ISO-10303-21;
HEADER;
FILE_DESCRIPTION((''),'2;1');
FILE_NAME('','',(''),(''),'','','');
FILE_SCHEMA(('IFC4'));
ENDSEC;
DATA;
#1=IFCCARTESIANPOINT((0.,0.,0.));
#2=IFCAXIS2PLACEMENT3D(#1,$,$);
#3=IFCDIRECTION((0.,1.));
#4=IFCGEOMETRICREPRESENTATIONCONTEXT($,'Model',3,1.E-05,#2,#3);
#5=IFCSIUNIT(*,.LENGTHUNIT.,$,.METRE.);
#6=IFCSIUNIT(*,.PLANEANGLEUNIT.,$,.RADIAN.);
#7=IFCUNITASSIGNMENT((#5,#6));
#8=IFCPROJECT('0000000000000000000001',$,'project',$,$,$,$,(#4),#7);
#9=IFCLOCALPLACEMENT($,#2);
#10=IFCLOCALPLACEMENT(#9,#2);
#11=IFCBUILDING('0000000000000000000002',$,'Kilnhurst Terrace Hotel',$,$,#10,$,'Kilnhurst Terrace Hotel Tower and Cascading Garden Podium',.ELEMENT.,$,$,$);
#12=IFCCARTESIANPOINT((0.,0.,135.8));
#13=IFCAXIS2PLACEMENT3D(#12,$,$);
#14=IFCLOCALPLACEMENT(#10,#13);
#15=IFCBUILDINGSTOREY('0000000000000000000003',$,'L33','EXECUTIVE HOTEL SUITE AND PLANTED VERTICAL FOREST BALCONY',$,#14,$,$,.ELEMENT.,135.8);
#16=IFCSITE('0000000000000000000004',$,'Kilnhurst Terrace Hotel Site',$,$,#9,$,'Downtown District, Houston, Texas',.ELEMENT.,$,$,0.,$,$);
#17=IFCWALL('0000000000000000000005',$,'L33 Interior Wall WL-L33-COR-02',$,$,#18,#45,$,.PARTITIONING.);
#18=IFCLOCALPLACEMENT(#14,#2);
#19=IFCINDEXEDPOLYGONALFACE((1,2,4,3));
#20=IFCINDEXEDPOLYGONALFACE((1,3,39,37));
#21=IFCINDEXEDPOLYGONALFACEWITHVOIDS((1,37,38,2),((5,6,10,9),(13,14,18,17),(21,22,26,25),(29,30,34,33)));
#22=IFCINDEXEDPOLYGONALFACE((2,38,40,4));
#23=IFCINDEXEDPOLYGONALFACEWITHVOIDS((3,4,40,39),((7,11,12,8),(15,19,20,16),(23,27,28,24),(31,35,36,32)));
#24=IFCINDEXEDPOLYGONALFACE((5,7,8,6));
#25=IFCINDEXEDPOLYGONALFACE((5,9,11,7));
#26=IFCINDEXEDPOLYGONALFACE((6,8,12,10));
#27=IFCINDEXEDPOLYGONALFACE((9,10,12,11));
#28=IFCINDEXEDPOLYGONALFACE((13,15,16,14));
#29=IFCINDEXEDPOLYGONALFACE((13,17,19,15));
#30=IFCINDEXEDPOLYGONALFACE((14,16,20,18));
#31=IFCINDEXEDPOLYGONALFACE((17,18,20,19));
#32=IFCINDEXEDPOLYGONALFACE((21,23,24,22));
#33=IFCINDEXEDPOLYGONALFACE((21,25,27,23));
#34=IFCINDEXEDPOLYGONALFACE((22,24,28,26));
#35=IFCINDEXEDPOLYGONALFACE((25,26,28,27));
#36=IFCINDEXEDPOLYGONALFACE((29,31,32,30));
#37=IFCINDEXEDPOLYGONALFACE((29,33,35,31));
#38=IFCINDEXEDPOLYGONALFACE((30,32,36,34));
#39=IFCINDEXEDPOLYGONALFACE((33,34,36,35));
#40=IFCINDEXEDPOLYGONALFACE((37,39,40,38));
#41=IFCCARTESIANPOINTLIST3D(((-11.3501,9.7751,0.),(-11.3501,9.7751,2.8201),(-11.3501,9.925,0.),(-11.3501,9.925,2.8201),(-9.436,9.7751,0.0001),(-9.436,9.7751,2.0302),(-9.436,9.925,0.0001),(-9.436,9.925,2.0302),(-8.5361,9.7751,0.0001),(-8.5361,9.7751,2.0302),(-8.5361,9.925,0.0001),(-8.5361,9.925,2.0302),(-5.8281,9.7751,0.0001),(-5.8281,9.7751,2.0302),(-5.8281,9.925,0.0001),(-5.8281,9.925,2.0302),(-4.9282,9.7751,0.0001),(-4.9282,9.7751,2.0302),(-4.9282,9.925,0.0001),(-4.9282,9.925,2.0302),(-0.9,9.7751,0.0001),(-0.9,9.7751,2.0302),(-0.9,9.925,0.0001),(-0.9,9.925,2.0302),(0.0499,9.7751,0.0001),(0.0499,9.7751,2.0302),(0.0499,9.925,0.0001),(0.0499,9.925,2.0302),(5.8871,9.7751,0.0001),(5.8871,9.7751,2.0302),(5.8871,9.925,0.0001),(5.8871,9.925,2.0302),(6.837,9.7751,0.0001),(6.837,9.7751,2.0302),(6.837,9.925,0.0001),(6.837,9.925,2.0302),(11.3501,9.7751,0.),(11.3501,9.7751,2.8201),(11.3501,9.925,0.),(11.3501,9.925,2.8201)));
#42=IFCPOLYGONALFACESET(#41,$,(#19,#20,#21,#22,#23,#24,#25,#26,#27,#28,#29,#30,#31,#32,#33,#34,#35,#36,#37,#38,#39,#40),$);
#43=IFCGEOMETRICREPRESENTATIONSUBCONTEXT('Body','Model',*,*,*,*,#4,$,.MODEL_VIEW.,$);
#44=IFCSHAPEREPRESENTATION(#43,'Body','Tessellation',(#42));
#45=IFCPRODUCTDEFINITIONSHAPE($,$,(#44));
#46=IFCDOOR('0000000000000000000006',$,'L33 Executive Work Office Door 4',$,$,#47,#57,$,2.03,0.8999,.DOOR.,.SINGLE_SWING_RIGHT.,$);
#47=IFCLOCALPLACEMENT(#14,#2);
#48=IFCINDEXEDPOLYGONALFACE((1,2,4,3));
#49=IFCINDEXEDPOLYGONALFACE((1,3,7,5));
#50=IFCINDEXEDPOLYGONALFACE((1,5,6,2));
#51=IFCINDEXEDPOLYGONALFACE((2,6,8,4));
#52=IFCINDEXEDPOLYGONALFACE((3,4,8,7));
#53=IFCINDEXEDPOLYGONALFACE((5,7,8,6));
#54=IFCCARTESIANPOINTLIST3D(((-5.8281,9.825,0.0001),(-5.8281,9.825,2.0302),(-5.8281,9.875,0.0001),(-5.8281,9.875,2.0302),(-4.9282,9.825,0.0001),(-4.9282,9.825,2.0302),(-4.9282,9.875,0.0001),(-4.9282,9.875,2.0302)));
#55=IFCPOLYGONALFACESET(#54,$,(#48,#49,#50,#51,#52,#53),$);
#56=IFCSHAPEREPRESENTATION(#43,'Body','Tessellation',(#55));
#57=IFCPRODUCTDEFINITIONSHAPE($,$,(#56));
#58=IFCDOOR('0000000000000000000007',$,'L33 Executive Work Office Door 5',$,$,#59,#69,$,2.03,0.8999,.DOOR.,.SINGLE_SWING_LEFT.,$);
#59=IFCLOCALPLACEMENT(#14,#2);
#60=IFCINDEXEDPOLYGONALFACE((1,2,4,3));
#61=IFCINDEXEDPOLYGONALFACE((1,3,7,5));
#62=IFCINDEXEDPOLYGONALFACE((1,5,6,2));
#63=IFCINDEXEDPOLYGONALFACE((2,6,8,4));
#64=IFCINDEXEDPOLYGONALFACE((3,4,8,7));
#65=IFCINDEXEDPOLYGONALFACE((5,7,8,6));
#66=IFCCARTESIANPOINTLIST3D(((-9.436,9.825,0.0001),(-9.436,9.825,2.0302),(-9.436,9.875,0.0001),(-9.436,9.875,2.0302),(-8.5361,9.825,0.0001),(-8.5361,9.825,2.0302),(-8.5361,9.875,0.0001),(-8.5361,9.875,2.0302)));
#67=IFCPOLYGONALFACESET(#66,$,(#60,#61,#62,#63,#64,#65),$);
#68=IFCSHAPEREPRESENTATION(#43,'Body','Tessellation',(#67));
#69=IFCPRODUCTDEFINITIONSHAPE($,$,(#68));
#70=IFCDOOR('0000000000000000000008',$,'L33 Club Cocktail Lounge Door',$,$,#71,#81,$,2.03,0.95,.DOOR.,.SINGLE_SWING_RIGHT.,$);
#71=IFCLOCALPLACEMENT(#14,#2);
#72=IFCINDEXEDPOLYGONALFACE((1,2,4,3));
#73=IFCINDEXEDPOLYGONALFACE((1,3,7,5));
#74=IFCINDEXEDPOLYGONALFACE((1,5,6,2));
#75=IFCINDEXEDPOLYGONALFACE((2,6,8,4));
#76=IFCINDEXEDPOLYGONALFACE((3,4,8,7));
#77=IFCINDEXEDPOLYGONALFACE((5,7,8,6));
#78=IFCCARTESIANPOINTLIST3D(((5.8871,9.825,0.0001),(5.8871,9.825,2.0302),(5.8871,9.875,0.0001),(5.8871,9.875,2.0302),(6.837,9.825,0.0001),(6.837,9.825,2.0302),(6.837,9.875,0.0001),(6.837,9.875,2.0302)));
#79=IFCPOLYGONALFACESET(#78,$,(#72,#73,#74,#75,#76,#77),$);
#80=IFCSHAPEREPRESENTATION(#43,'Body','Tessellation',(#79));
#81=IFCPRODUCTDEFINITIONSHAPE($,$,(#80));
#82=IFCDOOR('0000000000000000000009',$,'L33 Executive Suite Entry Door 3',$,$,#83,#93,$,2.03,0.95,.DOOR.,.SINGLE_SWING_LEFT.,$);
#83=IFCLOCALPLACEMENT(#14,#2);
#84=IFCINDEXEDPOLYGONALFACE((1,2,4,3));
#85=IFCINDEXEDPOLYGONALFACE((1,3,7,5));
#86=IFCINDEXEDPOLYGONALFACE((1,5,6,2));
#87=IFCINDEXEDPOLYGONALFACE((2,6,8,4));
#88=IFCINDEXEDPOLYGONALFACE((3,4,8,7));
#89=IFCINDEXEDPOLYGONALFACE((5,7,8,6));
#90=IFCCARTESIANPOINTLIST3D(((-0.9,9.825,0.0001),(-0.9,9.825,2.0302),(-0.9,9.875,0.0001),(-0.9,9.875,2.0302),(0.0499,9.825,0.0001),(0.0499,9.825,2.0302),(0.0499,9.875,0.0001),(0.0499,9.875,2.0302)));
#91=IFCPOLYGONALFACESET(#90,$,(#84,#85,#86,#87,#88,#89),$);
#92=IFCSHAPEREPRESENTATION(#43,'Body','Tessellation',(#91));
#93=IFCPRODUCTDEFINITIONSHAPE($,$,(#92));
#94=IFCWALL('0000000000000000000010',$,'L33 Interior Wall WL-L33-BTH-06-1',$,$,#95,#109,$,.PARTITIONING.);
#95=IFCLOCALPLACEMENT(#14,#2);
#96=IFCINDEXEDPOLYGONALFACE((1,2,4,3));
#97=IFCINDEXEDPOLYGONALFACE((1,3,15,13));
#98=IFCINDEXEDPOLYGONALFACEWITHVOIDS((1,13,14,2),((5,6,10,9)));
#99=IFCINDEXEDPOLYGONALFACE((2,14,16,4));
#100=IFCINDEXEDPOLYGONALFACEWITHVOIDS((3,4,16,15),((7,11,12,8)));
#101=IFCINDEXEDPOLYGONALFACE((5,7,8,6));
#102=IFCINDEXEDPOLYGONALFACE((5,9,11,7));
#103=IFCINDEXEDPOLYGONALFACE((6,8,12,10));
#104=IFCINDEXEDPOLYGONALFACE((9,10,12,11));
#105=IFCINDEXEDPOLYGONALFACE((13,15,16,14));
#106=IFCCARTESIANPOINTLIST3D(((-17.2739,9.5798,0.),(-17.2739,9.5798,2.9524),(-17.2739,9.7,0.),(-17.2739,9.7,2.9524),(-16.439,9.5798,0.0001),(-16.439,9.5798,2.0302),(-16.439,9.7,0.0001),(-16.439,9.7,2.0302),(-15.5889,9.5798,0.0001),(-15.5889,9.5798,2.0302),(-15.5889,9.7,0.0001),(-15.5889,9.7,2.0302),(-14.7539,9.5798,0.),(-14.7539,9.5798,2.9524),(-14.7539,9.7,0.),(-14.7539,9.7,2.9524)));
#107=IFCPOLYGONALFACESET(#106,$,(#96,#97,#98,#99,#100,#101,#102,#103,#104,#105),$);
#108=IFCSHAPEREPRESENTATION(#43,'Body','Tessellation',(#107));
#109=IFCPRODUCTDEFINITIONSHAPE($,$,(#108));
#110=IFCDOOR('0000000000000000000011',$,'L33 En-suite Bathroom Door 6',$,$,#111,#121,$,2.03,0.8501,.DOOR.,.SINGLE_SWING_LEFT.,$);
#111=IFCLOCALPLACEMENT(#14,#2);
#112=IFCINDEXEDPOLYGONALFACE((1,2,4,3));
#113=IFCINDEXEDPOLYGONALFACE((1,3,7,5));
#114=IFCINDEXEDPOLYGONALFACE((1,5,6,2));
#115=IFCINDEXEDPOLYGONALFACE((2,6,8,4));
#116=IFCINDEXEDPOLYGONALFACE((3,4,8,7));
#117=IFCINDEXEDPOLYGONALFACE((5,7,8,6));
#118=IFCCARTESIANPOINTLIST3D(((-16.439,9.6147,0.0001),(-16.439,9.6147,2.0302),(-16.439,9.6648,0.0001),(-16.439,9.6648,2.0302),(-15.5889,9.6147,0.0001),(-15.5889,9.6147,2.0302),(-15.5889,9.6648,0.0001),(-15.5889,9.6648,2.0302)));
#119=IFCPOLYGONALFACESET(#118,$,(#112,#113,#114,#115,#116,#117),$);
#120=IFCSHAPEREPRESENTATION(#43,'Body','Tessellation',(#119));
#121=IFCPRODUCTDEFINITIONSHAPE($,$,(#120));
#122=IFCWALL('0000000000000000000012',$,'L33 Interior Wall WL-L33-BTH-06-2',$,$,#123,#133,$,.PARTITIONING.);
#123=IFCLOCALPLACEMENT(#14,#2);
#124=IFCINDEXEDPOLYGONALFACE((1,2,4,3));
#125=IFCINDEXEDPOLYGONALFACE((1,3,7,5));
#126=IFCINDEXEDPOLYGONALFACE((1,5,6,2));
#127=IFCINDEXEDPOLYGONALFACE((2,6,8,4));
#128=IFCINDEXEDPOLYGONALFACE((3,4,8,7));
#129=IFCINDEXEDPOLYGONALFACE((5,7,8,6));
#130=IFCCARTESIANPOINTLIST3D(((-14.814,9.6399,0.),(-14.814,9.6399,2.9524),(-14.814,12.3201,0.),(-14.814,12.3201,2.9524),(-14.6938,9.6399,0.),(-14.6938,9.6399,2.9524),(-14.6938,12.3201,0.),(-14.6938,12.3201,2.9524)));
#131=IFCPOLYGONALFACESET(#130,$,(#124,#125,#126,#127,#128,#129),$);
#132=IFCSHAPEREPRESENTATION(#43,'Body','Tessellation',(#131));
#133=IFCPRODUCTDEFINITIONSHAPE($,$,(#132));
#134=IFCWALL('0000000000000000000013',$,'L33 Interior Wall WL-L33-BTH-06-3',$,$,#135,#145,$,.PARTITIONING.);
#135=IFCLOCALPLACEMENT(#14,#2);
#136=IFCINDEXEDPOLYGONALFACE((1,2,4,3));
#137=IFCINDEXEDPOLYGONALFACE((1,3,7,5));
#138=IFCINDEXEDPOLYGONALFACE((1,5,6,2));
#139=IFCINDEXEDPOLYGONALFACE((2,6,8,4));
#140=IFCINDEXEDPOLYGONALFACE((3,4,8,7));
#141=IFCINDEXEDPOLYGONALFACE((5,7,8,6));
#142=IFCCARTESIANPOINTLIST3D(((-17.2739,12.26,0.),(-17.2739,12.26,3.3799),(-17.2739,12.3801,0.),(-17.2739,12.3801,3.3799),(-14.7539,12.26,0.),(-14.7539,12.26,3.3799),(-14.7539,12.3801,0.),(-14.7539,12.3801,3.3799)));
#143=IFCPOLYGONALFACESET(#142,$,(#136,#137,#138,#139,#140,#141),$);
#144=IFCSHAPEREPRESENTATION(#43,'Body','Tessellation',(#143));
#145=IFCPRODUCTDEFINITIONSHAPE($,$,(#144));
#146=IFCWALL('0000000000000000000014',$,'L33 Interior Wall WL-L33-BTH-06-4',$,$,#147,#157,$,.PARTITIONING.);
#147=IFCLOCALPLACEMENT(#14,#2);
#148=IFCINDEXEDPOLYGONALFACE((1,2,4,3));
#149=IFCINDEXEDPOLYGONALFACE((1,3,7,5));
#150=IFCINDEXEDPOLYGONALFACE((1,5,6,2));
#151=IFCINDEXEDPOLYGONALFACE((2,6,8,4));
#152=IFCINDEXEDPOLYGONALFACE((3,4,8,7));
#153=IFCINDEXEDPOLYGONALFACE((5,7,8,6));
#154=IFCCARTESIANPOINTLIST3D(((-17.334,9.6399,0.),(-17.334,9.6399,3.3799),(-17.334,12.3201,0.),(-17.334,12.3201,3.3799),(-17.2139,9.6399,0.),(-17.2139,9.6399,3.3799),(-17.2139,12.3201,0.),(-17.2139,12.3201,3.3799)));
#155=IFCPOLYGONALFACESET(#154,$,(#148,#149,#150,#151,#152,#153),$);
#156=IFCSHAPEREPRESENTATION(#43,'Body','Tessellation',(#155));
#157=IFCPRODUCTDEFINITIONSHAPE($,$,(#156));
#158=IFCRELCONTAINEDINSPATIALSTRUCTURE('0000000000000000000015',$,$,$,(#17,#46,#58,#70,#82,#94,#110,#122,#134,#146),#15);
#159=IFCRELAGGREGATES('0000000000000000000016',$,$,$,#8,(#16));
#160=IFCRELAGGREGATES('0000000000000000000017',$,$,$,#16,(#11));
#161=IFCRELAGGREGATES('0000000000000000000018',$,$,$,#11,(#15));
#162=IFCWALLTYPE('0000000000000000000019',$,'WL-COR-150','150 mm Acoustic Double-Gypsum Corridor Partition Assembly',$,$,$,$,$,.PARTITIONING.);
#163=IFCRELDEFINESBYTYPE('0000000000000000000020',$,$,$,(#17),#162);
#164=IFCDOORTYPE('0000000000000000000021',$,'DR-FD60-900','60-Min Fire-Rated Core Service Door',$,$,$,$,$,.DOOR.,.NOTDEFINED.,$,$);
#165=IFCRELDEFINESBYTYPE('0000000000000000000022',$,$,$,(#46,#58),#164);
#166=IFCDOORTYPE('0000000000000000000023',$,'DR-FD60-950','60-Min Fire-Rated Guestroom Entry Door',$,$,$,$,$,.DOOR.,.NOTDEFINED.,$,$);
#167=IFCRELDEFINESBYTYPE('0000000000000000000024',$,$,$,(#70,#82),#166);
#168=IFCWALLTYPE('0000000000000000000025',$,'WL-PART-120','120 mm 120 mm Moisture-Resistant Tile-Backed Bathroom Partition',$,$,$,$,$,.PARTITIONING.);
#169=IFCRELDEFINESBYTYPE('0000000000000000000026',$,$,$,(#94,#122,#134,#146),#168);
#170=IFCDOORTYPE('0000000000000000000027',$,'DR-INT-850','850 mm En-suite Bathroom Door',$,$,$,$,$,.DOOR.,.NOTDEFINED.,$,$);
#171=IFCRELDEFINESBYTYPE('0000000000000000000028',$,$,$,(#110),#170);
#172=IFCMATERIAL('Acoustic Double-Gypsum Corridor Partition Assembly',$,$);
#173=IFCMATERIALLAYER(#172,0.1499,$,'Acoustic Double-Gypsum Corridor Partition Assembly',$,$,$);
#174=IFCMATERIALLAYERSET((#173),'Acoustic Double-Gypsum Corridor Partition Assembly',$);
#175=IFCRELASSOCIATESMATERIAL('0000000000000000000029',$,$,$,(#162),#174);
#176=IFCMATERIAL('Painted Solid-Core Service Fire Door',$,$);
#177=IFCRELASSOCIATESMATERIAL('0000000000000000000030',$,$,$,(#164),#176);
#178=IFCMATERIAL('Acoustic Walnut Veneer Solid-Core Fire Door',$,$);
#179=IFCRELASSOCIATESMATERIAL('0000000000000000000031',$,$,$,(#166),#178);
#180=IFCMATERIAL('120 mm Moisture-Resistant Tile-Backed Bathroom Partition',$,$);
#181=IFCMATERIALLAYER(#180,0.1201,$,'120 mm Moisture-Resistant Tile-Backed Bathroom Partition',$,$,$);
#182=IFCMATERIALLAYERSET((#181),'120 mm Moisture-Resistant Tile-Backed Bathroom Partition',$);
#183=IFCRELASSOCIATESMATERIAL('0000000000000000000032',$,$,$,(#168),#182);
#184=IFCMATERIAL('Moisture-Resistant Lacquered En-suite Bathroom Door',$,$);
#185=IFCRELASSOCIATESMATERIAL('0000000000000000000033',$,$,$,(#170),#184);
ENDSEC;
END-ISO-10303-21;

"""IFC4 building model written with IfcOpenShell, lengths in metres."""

from ifc_helpers import new_model, si_unit, direction, frame, frame_2d, origin, place, context, subcontext, project, spatial, rectangle, extrude, material, layer, layer_set, type_object, element, fill, save


model = new_model("IFC4")

# Units and contexts
model_context = context("Model", 3, precision=1e-05, world=origin(), true_north=direction((0.0, 1.0)))
body_context = subcontext(model_context, "Body", "Model", "MODEL_VIEW")
ifc_project = project(units=[si_unit("LENGTHUNIT", "METRE"), si_unit("PLANEANGLEUNIT", "RADIAN")], contexts=[model_context])

# Site, building, storey
site_placement = place(None, origin())
site = spatial("IfcSite", under=ifc_project, at=site_placement, Name="Kilnhurst Terrace Hotel Site", LongName="Downtown District, Houston, Texas", CompositionType="ELEMENT", RefElevation=0.0)
building_placement = place(site_placement, origin())
building = spatial("IfcBuilding", under=site, at=building_placement, Name="Kilnhurst Terrace Hotel", LongName="Kilnhurst Terrace Hotel Tower and Cascading Garden Podium", CompositionType="ELEMENT")
storey_placement = place(building_placement, frame((0.0, 0.0, 135.8)))
storey = spatial("IfcBuildingStorey", under=building, at=storey_placement, Name="L33", Description="EXECUTIVE HOTEL SUITE AND PLANTED VERTICAL FOREST BALCONY", CompositionType="ELEMENT", Elevation=135.8)

# Wall, openings, doors
ifc_material_1 = material(Name="Acoustic Double-Gypsum Corridor Partition Assembly")
ifc_layer_1 = layer(ifc_material_1, 0.1499, Name="Acoustic Double-Gypsum Corridor Partition Assembly")
ifc_layer_set_1 = layer_set([ifc_layer_1], Name="Acoustic Double-Gypsum Corridor Partition Assembly")
wall_type_1 = type_object("IfcWallType", Name="WL-COR-150", Description="150 mm Acoustic Double-Gypsum Corridor Partition Assembly", PredefinedType="PARTITIONING", material=ifc_layer_set_1)
wall_1_placement = place(storey_placement, frame((-11.3501, 9.8501, 0.0), z_axis=(0.0, 0.0, 1.0), x_axis=(1.0, 0.0, 0.0)))
wall_1 = element("IfcWall", 1, at=wall_1_placement, inside=storey, type_object=wall_type_1, Name="L33 Interior Wall WL-L33-COR-02", PredefinedType="PARTITIONING", context=body_context, shape_type="SweptSolid", body=[
    extrude(rectangle(XDim=22.7002, YDim=0.1499, at=frame_2d((11.3501, 0.0))), origin(), (0.0, 0.0, 1.0), 2.8201),
])
opening_1_placement = place(wall_1_placement, frame((17.2371, 0.0, 0.0)))
opening_1 = element("IfcOpeningElement", 2, at=opening_1_placement, cuts=wall_1, PredefinedType="OPENING", context=body_context, shape_type="SweptSolid", body=[
    extrude(rectangle(XDim=0.95, YDim=2.03, at=frame_2d((0.4751, 1.0151))), frame((0.0, 0.085, 0.0), z_axis=(0.0, -1.0, 0.0), x_axis=(1.0, 0.0, 0.0)), (0.0, 0.0, 1.0), 0.1699),
])
opening_2_placement = place(wall_1_placement, frame((10.45, 0.0, 0.0)))
opening_2 = element("IfcOpeningElement", 3, at=opening_2_placement, cuts=wall_1, PredefinedType="OPENING", context=body_context, shape_type="SweptSolid", body=[
    extrude(rectangle(XDim=0.95, YDim=2.03, at=frame_2d((0.4751, 1.0151))), frame((0.0, 0.085, 0.0), z_axis=(0.0, -1.0, 0.0), x_axis=(1.0, 0.0, 0.0)), (0.0, 0.0, 1.0), 0.1699),
])
opening_3_placement = place(wall_1_placement, frame((5.522, 0.0, 0.0)))
opening_3 = element("IfcOpeningElement", 4, at=opening_3_placement, cuts=wall_1, PredefinedType="OPENING", context=body_context, shape_type="SweptSolid", body=[
    extrude(rectangle(XDim=0.8999, YDim=2.03, at=frame_2d((0.45, 1.0151))), frame((0.0, 0.085, 0.0), z_axis=(0.0, -1.0, 0.0), x_axis=(1.0, 0.0, 0.0)), (0.0, 0.0, 1.0), 0.1699),
])
opening_4_placement = place(wall_1_placement, frame((1.9141, 0.0, 0.0)))
opening_4 = element("IfcOpeningElement", 5, at=opening_4_placement, cuts=wall_1, PredefinedType="OPENING", context=body_context, shape_type="SweptSolid", body=[
    extrude(rectangle(XDim=0.8999, YDim=2.03, at=frame_2d((0.45, 1.0151))), frame((0.0, 0.085, 0.0), z_axis=(0.0, -1.0, 0.0), x_axis=(1.0, 0.0, 0.0)), (0.0, 0.0, 1.0), 0.1699),
])
ifc_material_2 = material(Name="Painted Solid-Core Service Fire Door")
door_type_1 = type_object("IfcDoorType", Name="DR-FD60-900", Description="60-Min Fire-Rated Core Service Door", OperationType="NOTDEFINED", PredefinedType="DOOR", material=ifc_material_2)
door_1_placement = place(opening_3_placement, origin())
door_1 = element("IfcDoor", 6, at=door_1_placement, inside=storey, type_object=door_type_1, Name="L33 Executive Work Office Door 4", OperationType="SINGLE_SWING_RIGHT", OverallHeight=2.03, OverallWidth=0.8999, PredefinedType="DOOR", context=body_context, shape_type="SweptSolid", body=[
    extrude(rectangle(XDim=0.8999, YDim=2.03, at=frame_2d((0.45, 1.0151))), frame((0.0, 0.0249, 0.0), z_axis=(0.0, -1.0, 0.0), x_axis=(1.0, 0.0, 0.0)), (0.0, 0.0, 1.0), 0.05),
])
fill(opening_3, door_1)
door_2_placement = place(opening_4_placement, origin())
door_2 = element("IfcDoor", 7, at=door_2_placement, inside=storey, type_object=door_type_1, Name="L33 Executive Work Office Door 5", OperationType="SINGLE_SWING_LEFT", OverallHeight=2.03, OverallWidth=0.8999, PredefinedType="DOOR", context=body_context, shape_type="SweptSolid", body=[
    extrude(rectangle(XDim=0.8999, YDim=2.03, at=frame_2d((0.45, 1.0151))), frame((0.0, 0.0249, 0.0), z_axis=(0.0, -1.0, 0.0), x_axis=(1.0, 0.0, 0.0)), (0.0, 0.0, 1.0), 0.05),
])
fill(opening_4, door_2)
ifc_material_3 = material(Name="Acoustic Walnut Veneer Solid-Core Fire Door")
door_type_2 = type_object("IfcDoorType", Name="DR-FD60-950", Description="60-Min Fire-Rated Guestroom Entry Door", OperationType="NOTDEFINED", PredefinedType="DOOR", material=ifc_material_3)
door_3_placement = place(opening_1_placement, origin())
door_3 = element("IfcDoor", 8, at=door_3_placement, inside=storey, type_object=door_type_2, Name="L33 Club Cocktail Lounge Door", OperationType="SINGLE_SWING_RIGHT", OverallHeight=2.03, OverallWidth=0.95, PredefinedType="DOOR", context=body_context, shape_type="SweptSolid", body=[
    extrude(rectangle(XDim=0.95, YDim=2.03, at=frame_2d((0.4751, 1.0151))), frame((0.0, 0.0249, 0.0), z_axis=(0.0, -1.0, 0.0), x_axis=(1.0, 0.0, 0.0)), (0.0, 0.0, 1.0), 0.05),
])
fill(opening_1, door_3)
door_4_placement = place(opening_2_placement, origin())
door_4 = element("IfcDoor", 9, at=door_4_placement, inside=storey, type_object=door_type_2, Name="L33 Executive Suite Entry Door 3", OperationType="SINGLE_SWING_LEFT", OverallHeight=2.03, OverallWidth=0.95, PredefinedType="DOOR", context=body_context, shape_type="SweptSolid", body=[
    extrude(rectangle(XDim=0.95, YDim=2.03, at=frame_2d((0.4751, 1.0151))), frame((0.0, 0.0249, 0.0), z_axis=(0.0, -1.0, 0.0), x_axis=(1.0, 0.0, 0.0)), (0.0, 0.0, 1.0), 0.05),
])
fill(opening_2, door_4)

# Wall, opening, door
ifc_material_4 = material(Name="120 mm Moisture-Resistant Tile-Backed Bathroom Partition")
ifc_layer_2 = layer(ifc_material_4, 0.1201, Name="120 mm Moisture-Resistant Tile-Backed Bathroom Partition")
ifc_layer_set_2 = layer_set([ifc_layer_2], Name="120 mm Moisture-Resistant Tile-Backed Bathroom Partition")
wall_type_2 = type_object("IfcWallType", Name="WL-PART-120", Description="120 mm 120 mm Moisture-Resistant Tile-Backed Bathroom Partition", PredefinedType="PARTITIONING", material=ifc_layer_set_2)
wall_2_placement = place(storey_placement, frame((-17.2739, 9.6399, 0.0), z_axis=(0.0, 0.0, 1.0), x_axis=(1.0, 0.0, 0.0)))
wall_2 = element("IfcWall", 10, at=wall_2_placement, inside=storey, type_object=wall_type_2, Name="L33 Interior Wall WL-L33-BTH-06-1", PredefinedType="PARTITIONING", context=body_context, shape_type="SweptSolid", body=[
    extrude(rectangle(XDim=2.52, YDim=0.1201, at=frame_2d((1.26, 0.0))), origin(), (0.0, 0.0, 1.0), 2.9524),
])
opening_5_placement = place(wall_2_placement, frame((0.835, 0.0, 0.0)))
opening_5 = element("IfcOpeningElement", 11, at=opening_5_placement, cuts=wall_2, PredefinedType="OPENING", context=body_context, shape_type="SweptSolid", body=[
    extrude(rectangle(XDim=0.8501, YDim=2.03, at=frame_2d((0.425, 1.0151))), frame((0.0, 0.0701, 0.0), z_axis=(0.0, -1.0, 0.0), x_axis=(1.0, 0.0, 0.0)), (0.0, 0.0, 1.0), 0.1401),
])
ifc_material_5 = material(Name="Moisture-Resistant Lacquered En-suite Bathroom Door")
door_type_3 = type_object("IfcDoorType", Name="DR-INT-850", Description="850 mm En-suite Bathroom Door", OperationType="NOTDEFINED", PredefinedType="DOOR", material=ifc_material_5)
door_5_placement = place(opening_5_placement, origin())
door_5 = element("IfcDoor", 12, at=door_5_placement, inside=storey, type_object=door_type_3, Name="L33 En-suite Bathroom Door 6", OperationType="SINGLE_SWING_LEFT", OverallHeight=2.03, OverallWidth=0.8501, PredefinedType="DOOR", context=body_context, shape_type="SweptSolid", body=[
    extrude(rectangle(XDim=0.8501, YDim=2.03, at=frame_2d((0.425, 1.0151))), frame((0.0, 0.0249, 0.0), z_axis=(0.0, -1.0, 0.0), x_axis=(1.0, 0.0, 0.0)), (0.0, 0.0, 1.0), 0.05),
])
fill(opening_5, door_5)

# Walls
wall_3_placement = place(storey_placement, frame((-14.7539, 9.6399, 0.0), z_axis=(0.0, 0.0, 1.0), x_axis=(0.0, 1.0, 0.0)))
element("IfcWall", 13, at=wall_3_placement, inside=storey, type_object=wall_type_2, Name="L33 Interior Wall WL-L33-BTH-06-2", PredefinedType="PARTITIONING", context=body_context, shape_type="SweptSolid", body=[
    extrude(rectangle(XDim=2.6802, YDim=0.1201, at=frame_2d((1.3401, 0.0))), origin(), (0.0, 0.0, 1.0), 2.9524),
])
wall_4_placement = place(storey_placement, frame((-14.7539, 12.3201, 0.0), z_axis=(0.0, 0.0, 1.0), x_axis=(-1.0, 0.0, 0.0)))
element("IfcWall", 14, at=wall_4_placement, inside=storey, type_object=wall_type_2, Name="L33 Interior Wall WL-L33-BTH-06-3", PredefinedType="PARTITIONING", context=body_context, shape_type="SweptSolid", body=[
    extrude(rectangle(XDim=2.52, YDim=0.1201, at=frame_2d((1.26, 0.0))), origin(), (0.0, 0.0, 1.0), 3.3799),
])
wall_5_placement = place(storey_placement, frame((-17.2739, 12.3201, 0.0), z_axis=(0.0, 0.0, 1.0), x_axis=(0.0, -1.0, 0.0)))
element("IfcWall", 15, at=wall_5_placement, inside=storey, type_object=wall_type_2, Name="L33 Interior Wall WL-L33-BTH-06-4", PredefinedType="PARTITIONING", context=body_context, shape_type="SweptSolid", body=[
    extrude(rectangle(XDim=2.6802, YDim=0.1201, at=frame_2d((1.3401, 0.0))), origin(), (0.0, 0.0, 1.0), 3.3799),
])

save(model, "model.ifc")
